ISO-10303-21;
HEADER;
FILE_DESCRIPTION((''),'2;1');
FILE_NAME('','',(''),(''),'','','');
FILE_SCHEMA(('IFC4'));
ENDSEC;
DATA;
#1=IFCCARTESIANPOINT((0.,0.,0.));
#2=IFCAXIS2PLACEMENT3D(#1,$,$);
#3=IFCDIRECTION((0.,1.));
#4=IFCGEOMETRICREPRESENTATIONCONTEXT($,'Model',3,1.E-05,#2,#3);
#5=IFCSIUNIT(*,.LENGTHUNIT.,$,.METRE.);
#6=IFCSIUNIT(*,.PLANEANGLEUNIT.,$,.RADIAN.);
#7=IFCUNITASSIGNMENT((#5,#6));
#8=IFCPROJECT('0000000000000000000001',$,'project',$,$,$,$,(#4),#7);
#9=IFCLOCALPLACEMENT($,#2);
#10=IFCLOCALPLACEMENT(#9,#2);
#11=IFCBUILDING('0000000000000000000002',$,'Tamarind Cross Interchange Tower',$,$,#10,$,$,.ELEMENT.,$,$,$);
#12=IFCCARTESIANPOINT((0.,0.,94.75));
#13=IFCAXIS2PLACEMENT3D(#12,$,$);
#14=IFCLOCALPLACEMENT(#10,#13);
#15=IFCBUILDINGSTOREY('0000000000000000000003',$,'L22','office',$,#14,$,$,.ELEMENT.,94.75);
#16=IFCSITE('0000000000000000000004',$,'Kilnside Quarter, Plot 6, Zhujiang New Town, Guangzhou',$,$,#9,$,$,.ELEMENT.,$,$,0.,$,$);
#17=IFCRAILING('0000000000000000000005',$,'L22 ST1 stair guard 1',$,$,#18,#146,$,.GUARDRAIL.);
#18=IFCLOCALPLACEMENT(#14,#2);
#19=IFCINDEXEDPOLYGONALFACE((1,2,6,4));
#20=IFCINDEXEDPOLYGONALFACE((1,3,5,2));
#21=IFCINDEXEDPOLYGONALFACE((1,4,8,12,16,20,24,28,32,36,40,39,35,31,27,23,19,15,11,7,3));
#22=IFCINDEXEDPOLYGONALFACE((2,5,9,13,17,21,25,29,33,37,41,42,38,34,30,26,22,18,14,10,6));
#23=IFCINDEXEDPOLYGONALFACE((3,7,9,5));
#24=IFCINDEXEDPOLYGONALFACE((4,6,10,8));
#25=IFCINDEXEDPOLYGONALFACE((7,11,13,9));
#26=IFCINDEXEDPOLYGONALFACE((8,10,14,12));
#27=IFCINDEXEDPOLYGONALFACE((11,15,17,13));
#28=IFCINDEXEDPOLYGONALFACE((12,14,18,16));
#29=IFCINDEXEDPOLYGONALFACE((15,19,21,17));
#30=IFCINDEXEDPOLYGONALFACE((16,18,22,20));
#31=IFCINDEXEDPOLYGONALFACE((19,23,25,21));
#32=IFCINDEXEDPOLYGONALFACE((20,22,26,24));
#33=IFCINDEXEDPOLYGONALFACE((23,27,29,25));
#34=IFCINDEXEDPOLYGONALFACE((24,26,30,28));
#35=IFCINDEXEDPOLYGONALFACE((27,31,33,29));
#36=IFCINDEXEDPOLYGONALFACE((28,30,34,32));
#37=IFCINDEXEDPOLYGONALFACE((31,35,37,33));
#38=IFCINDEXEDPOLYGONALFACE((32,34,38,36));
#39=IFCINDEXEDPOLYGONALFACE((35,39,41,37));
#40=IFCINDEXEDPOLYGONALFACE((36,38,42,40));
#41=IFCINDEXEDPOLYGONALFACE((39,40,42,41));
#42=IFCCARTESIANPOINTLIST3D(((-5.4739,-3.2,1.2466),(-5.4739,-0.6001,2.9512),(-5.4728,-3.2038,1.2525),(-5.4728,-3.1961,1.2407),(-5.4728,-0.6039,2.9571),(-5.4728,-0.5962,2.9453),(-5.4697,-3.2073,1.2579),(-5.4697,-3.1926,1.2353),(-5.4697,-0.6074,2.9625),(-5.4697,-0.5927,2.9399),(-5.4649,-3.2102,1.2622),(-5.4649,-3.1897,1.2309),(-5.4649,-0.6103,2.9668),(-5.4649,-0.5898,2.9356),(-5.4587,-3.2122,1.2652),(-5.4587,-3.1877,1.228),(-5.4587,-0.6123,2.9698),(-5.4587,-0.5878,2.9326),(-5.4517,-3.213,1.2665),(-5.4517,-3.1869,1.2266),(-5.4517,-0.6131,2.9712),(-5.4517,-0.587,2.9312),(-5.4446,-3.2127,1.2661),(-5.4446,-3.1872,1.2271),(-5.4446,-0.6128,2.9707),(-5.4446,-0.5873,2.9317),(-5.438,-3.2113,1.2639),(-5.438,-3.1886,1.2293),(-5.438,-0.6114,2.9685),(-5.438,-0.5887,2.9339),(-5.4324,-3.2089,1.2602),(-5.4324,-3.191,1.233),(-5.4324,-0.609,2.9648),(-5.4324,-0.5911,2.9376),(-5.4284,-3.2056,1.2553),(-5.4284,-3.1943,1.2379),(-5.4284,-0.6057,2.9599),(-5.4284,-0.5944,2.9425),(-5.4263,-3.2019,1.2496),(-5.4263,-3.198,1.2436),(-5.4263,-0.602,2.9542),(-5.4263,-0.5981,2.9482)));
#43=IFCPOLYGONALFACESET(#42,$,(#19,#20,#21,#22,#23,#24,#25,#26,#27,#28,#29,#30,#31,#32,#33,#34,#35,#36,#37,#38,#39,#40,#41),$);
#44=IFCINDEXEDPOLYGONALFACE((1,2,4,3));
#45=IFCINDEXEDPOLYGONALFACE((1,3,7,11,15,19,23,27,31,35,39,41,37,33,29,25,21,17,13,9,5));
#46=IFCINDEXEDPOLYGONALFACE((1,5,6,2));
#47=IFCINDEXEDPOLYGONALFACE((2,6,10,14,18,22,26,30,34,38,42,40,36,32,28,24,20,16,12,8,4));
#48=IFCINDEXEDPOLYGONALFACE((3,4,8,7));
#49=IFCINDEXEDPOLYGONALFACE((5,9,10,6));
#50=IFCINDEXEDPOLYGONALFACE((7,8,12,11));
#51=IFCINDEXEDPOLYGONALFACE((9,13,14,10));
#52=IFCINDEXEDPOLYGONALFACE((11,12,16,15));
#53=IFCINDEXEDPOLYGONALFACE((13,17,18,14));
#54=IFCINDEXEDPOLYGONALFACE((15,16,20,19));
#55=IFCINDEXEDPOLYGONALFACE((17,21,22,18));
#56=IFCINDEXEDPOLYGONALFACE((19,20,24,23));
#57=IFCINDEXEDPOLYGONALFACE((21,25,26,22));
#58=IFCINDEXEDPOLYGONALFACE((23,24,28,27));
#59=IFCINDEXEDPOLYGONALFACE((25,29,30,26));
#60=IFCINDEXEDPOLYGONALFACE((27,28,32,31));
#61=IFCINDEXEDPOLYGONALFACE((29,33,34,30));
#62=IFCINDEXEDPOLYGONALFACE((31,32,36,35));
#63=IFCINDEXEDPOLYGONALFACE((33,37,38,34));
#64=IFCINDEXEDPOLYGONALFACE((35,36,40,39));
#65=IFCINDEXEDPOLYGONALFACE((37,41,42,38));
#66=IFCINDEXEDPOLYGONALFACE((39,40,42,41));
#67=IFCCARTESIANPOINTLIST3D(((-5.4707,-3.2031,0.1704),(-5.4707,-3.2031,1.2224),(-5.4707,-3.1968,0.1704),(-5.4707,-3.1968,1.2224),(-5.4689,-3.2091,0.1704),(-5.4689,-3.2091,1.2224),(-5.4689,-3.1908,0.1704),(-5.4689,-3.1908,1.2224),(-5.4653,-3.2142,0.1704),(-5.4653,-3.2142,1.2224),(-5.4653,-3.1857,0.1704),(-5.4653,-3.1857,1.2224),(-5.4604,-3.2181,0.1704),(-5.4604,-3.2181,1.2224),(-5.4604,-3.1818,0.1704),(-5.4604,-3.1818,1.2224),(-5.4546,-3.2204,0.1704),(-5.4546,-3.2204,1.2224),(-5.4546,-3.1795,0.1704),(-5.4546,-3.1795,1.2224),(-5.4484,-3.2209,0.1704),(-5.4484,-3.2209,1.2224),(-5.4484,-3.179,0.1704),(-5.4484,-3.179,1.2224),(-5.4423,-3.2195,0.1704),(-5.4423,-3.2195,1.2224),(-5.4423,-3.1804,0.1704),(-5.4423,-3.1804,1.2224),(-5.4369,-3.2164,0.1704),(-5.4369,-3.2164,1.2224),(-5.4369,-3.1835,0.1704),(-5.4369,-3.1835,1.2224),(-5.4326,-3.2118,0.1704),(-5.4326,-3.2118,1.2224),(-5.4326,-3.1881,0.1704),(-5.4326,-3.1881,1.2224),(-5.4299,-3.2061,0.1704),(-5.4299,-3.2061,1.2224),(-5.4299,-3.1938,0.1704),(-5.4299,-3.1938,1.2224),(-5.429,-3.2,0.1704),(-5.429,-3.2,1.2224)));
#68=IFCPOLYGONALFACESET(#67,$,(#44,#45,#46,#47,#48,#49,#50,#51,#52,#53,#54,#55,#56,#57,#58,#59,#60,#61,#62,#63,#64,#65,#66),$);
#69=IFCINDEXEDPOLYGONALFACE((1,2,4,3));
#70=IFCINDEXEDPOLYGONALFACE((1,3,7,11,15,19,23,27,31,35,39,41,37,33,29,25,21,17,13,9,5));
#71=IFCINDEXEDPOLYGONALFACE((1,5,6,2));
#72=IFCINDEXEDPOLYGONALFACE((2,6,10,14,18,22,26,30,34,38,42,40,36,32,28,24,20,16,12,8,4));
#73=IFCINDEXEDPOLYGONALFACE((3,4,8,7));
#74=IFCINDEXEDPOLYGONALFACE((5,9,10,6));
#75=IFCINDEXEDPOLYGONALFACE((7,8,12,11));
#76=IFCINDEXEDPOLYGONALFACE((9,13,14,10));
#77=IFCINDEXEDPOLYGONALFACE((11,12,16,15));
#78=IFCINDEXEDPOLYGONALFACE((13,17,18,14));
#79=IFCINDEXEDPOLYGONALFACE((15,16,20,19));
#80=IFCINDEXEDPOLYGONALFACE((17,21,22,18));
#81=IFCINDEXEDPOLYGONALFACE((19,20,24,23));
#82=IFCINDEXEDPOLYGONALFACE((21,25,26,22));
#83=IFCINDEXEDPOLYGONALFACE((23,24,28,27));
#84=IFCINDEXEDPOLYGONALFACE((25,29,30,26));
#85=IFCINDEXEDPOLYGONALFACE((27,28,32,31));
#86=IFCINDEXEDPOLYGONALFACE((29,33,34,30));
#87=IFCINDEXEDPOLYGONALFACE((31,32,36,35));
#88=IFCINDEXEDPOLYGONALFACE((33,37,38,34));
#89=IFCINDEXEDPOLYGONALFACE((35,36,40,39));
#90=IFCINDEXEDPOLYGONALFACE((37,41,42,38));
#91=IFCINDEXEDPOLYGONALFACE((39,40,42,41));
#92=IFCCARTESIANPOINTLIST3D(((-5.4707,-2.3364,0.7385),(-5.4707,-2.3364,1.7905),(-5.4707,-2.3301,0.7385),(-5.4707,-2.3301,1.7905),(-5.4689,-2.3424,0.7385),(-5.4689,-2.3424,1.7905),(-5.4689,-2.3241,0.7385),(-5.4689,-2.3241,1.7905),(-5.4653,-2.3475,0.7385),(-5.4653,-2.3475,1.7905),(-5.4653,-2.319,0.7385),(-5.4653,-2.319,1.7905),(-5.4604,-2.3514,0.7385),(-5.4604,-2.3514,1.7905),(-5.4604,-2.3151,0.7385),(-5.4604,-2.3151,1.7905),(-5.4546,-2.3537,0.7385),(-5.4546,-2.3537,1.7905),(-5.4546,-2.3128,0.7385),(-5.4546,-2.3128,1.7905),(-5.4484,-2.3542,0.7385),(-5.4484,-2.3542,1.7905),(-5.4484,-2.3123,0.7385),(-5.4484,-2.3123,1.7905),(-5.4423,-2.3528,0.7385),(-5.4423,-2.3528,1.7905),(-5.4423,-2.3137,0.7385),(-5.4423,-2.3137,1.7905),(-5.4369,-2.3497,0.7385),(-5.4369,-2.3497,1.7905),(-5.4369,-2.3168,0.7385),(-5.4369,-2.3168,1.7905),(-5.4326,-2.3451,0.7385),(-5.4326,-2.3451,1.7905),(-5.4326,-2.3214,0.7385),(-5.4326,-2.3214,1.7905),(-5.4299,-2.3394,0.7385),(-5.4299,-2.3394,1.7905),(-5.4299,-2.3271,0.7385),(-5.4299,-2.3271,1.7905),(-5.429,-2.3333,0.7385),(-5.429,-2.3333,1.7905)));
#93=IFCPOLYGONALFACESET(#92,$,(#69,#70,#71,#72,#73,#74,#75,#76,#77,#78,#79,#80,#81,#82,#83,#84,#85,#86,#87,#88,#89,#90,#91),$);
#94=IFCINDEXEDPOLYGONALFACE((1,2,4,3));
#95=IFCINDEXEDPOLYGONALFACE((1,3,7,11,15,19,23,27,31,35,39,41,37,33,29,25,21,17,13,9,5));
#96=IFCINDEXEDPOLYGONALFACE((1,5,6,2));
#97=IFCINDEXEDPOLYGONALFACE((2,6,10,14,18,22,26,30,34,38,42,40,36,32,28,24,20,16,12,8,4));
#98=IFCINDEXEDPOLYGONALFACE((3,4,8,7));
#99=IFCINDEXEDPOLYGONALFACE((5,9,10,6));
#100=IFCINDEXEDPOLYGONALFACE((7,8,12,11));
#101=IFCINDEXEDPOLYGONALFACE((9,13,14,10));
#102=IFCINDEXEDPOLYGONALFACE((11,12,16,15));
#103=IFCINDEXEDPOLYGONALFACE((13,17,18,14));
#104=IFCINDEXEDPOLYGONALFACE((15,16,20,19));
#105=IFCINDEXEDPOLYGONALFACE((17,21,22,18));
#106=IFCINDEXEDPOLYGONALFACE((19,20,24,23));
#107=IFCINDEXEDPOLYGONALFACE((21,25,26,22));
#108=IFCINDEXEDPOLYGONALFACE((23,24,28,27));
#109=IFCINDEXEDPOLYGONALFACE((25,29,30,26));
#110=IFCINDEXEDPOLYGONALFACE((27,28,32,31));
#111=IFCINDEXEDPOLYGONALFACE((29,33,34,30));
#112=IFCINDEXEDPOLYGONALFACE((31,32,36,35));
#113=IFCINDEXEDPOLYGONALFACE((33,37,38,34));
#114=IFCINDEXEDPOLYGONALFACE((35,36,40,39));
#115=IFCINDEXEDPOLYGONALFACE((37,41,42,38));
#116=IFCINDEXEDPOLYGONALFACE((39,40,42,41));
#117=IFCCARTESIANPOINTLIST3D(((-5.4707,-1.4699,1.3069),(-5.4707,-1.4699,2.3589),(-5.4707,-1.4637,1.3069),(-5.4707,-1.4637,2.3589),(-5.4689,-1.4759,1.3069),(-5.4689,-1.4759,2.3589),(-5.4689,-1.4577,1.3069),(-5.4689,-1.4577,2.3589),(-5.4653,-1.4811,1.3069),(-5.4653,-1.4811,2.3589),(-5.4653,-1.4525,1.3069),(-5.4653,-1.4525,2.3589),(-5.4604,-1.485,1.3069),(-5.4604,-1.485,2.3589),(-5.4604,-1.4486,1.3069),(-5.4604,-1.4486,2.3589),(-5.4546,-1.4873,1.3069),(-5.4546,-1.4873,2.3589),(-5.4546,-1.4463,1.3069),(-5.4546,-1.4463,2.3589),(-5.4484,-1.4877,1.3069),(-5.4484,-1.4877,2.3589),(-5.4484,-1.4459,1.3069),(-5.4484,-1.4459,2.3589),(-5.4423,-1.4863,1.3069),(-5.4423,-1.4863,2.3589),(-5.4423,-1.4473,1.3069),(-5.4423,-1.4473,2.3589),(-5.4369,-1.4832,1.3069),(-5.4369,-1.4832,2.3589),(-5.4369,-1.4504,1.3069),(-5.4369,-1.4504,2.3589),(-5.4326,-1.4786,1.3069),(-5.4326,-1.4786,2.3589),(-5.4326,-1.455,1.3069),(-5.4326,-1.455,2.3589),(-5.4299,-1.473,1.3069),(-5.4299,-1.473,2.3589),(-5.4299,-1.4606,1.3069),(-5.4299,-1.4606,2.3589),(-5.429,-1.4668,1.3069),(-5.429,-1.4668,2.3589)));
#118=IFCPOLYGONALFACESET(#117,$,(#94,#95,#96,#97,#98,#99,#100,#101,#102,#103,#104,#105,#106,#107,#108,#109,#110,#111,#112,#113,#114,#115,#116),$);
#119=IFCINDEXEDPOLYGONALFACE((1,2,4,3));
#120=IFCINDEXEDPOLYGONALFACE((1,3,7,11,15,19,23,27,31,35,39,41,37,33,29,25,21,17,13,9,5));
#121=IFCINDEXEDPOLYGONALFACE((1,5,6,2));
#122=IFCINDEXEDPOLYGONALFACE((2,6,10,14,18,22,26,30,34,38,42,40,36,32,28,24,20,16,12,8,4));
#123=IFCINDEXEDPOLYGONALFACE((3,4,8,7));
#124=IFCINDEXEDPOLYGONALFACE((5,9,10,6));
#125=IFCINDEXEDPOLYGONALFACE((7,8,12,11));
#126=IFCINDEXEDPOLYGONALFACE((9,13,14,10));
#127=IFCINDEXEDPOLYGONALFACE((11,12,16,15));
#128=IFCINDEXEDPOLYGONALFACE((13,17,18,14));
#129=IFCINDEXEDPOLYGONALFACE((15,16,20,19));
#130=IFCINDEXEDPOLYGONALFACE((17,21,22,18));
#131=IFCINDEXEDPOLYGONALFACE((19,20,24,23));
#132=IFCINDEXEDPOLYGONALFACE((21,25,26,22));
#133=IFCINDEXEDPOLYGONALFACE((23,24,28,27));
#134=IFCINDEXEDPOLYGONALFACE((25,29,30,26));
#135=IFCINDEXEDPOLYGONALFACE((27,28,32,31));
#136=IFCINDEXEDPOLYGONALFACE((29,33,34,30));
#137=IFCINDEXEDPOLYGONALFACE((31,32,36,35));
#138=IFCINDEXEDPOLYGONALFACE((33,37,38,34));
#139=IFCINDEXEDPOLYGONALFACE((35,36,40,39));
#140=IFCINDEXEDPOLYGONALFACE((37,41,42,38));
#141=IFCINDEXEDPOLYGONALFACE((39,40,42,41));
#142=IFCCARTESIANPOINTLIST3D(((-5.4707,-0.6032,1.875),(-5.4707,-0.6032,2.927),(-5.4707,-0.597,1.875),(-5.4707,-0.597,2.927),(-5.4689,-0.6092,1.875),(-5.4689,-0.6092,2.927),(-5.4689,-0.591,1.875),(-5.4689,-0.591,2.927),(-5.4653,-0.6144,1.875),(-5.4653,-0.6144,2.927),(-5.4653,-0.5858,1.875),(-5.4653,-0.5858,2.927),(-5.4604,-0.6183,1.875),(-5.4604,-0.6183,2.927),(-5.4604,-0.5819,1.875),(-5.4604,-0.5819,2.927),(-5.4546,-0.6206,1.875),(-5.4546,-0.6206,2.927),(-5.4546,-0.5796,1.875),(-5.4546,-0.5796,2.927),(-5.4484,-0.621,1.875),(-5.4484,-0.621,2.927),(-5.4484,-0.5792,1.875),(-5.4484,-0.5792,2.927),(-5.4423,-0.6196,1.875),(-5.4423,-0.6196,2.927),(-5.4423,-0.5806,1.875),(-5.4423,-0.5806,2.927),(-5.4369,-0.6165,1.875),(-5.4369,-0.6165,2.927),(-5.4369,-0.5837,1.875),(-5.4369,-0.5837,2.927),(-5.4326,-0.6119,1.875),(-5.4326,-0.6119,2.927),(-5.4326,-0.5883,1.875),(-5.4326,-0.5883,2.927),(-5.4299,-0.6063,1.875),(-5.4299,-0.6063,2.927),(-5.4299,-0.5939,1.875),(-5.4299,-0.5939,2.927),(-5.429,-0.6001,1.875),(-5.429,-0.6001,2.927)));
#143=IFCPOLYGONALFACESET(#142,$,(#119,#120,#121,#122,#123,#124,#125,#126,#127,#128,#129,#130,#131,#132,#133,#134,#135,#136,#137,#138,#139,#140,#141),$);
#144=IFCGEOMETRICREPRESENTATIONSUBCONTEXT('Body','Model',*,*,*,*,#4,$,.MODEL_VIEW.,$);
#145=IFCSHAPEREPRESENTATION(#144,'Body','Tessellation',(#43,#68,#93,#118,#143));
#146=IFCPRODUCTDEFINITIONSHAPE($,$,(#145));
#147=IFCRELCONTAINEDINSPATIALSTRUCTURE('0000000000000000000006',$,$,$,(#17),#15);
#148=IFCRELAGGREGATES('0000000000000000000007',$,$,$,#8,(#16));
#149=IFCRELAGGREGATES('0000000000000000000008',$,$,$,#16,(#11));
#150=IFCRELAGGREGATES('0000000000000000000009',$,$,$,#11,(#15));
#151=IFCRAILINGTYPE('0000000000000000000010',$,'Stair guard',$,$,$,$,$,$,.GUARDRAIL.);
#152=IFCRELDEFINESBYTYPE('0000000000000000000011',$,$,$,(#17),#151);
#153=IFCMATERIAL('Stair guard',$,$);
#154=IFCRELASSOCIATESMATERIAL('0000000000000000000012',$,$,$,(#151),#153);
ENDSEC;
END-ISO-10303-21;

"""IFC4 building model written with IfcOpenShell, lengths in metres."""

from ifc_helpers import new_model, si_unit, direction, frame, origin, origin_2d, place, context, subcontext, project, spatial, circle, extrude, material, type_object, element, save


model = new_model("IFC4")

# Units and contexts
model_context = context("Model", 3, precision=1e-05, world=origin(), true_north=direction((0.0, 1.0)))
body_context = subcontext(model_context, "Body", "Model", "MODEL_VIEW")
ifc_project = project(units=[si_unit("LENGTHUNIT", "METRE"), si_unit("PLANEANGLEUNIT", "RADIAN")], contexts=[model_context])

# Site, building, storey
site_placement = place(None, origin())
site = spatial("IfcSite", under=ifc_project, at=site_placement, Name="Kilnside Quarter, Plot 6, Zhujiang New Town, Guangzhou", CompositionType="ELEMENT", RefElevation=0.0)
building_placement = place(site_placement, origin())
building = spatial("IfcBuilding", under=site, at=building_placement, Name="Tamarind Cross Interchange Tower", CompositionType="ELEMENT")
storey_placement = place(building_placement, frame((0.0, 0.0, 94.75)))
storey = spatial("IfcBuildingStorey", under=building, at=storey_placement, Name="L22", Description="office", CompositionType="ELEMENT", Elevation=94.75)

# Railing
ifc_material_1 = material(Name="Stair guard")
railing_type_1 = type_object("IfcRailingType", Name="Stair guard", PredefinedType="GUARDRAIL", material=ifc_material_1)
railing_1_placement = place(storey_placement, frame((-5.45, -3.2, 0.1704)))
element("IfcRailing", 1, at=railing_1_placement, inside=storey, type_object=railing_type_1, Name="L22 ST1 stair guard 1", PredefinedType="GUARDRAIL", context=body_context, shape_type="SweptSolid", body=[
    extrude(circle(Radius=0.0239, at=origin_2d()), frame((0.0, 0.0, 1.0762), z_axis=(0.0, 0.836279, 0.548305), x_axis=(-1.0, 0.0, 0.0)), (0.0, 0.0, 1.0), 3.1089),
    extrude(circle(Radius=0.021, at=origin_2d()), origin(), (0.0, 0.0, 1.0), 1.052),
    extrude(circle(Radius=0.021, at=origin_2d()), frame((0.0, 0.8667, 0.5681)), (0.0, 0.0, 1.0), 1.052),
    extrude(circle(Radius=0.021, at=origin_2d()), frame((0.0, 1.7332, 1.1365)), (0.0, 0.0, 1.0), 1.052),
    extrude(circle(Radius=0.021, at=origin_2d()), frame((0.0, 2.5999, 1.7046)), (0.0, 0.0, 1.0), 1.052),
])

save(model, "model.ifc")
